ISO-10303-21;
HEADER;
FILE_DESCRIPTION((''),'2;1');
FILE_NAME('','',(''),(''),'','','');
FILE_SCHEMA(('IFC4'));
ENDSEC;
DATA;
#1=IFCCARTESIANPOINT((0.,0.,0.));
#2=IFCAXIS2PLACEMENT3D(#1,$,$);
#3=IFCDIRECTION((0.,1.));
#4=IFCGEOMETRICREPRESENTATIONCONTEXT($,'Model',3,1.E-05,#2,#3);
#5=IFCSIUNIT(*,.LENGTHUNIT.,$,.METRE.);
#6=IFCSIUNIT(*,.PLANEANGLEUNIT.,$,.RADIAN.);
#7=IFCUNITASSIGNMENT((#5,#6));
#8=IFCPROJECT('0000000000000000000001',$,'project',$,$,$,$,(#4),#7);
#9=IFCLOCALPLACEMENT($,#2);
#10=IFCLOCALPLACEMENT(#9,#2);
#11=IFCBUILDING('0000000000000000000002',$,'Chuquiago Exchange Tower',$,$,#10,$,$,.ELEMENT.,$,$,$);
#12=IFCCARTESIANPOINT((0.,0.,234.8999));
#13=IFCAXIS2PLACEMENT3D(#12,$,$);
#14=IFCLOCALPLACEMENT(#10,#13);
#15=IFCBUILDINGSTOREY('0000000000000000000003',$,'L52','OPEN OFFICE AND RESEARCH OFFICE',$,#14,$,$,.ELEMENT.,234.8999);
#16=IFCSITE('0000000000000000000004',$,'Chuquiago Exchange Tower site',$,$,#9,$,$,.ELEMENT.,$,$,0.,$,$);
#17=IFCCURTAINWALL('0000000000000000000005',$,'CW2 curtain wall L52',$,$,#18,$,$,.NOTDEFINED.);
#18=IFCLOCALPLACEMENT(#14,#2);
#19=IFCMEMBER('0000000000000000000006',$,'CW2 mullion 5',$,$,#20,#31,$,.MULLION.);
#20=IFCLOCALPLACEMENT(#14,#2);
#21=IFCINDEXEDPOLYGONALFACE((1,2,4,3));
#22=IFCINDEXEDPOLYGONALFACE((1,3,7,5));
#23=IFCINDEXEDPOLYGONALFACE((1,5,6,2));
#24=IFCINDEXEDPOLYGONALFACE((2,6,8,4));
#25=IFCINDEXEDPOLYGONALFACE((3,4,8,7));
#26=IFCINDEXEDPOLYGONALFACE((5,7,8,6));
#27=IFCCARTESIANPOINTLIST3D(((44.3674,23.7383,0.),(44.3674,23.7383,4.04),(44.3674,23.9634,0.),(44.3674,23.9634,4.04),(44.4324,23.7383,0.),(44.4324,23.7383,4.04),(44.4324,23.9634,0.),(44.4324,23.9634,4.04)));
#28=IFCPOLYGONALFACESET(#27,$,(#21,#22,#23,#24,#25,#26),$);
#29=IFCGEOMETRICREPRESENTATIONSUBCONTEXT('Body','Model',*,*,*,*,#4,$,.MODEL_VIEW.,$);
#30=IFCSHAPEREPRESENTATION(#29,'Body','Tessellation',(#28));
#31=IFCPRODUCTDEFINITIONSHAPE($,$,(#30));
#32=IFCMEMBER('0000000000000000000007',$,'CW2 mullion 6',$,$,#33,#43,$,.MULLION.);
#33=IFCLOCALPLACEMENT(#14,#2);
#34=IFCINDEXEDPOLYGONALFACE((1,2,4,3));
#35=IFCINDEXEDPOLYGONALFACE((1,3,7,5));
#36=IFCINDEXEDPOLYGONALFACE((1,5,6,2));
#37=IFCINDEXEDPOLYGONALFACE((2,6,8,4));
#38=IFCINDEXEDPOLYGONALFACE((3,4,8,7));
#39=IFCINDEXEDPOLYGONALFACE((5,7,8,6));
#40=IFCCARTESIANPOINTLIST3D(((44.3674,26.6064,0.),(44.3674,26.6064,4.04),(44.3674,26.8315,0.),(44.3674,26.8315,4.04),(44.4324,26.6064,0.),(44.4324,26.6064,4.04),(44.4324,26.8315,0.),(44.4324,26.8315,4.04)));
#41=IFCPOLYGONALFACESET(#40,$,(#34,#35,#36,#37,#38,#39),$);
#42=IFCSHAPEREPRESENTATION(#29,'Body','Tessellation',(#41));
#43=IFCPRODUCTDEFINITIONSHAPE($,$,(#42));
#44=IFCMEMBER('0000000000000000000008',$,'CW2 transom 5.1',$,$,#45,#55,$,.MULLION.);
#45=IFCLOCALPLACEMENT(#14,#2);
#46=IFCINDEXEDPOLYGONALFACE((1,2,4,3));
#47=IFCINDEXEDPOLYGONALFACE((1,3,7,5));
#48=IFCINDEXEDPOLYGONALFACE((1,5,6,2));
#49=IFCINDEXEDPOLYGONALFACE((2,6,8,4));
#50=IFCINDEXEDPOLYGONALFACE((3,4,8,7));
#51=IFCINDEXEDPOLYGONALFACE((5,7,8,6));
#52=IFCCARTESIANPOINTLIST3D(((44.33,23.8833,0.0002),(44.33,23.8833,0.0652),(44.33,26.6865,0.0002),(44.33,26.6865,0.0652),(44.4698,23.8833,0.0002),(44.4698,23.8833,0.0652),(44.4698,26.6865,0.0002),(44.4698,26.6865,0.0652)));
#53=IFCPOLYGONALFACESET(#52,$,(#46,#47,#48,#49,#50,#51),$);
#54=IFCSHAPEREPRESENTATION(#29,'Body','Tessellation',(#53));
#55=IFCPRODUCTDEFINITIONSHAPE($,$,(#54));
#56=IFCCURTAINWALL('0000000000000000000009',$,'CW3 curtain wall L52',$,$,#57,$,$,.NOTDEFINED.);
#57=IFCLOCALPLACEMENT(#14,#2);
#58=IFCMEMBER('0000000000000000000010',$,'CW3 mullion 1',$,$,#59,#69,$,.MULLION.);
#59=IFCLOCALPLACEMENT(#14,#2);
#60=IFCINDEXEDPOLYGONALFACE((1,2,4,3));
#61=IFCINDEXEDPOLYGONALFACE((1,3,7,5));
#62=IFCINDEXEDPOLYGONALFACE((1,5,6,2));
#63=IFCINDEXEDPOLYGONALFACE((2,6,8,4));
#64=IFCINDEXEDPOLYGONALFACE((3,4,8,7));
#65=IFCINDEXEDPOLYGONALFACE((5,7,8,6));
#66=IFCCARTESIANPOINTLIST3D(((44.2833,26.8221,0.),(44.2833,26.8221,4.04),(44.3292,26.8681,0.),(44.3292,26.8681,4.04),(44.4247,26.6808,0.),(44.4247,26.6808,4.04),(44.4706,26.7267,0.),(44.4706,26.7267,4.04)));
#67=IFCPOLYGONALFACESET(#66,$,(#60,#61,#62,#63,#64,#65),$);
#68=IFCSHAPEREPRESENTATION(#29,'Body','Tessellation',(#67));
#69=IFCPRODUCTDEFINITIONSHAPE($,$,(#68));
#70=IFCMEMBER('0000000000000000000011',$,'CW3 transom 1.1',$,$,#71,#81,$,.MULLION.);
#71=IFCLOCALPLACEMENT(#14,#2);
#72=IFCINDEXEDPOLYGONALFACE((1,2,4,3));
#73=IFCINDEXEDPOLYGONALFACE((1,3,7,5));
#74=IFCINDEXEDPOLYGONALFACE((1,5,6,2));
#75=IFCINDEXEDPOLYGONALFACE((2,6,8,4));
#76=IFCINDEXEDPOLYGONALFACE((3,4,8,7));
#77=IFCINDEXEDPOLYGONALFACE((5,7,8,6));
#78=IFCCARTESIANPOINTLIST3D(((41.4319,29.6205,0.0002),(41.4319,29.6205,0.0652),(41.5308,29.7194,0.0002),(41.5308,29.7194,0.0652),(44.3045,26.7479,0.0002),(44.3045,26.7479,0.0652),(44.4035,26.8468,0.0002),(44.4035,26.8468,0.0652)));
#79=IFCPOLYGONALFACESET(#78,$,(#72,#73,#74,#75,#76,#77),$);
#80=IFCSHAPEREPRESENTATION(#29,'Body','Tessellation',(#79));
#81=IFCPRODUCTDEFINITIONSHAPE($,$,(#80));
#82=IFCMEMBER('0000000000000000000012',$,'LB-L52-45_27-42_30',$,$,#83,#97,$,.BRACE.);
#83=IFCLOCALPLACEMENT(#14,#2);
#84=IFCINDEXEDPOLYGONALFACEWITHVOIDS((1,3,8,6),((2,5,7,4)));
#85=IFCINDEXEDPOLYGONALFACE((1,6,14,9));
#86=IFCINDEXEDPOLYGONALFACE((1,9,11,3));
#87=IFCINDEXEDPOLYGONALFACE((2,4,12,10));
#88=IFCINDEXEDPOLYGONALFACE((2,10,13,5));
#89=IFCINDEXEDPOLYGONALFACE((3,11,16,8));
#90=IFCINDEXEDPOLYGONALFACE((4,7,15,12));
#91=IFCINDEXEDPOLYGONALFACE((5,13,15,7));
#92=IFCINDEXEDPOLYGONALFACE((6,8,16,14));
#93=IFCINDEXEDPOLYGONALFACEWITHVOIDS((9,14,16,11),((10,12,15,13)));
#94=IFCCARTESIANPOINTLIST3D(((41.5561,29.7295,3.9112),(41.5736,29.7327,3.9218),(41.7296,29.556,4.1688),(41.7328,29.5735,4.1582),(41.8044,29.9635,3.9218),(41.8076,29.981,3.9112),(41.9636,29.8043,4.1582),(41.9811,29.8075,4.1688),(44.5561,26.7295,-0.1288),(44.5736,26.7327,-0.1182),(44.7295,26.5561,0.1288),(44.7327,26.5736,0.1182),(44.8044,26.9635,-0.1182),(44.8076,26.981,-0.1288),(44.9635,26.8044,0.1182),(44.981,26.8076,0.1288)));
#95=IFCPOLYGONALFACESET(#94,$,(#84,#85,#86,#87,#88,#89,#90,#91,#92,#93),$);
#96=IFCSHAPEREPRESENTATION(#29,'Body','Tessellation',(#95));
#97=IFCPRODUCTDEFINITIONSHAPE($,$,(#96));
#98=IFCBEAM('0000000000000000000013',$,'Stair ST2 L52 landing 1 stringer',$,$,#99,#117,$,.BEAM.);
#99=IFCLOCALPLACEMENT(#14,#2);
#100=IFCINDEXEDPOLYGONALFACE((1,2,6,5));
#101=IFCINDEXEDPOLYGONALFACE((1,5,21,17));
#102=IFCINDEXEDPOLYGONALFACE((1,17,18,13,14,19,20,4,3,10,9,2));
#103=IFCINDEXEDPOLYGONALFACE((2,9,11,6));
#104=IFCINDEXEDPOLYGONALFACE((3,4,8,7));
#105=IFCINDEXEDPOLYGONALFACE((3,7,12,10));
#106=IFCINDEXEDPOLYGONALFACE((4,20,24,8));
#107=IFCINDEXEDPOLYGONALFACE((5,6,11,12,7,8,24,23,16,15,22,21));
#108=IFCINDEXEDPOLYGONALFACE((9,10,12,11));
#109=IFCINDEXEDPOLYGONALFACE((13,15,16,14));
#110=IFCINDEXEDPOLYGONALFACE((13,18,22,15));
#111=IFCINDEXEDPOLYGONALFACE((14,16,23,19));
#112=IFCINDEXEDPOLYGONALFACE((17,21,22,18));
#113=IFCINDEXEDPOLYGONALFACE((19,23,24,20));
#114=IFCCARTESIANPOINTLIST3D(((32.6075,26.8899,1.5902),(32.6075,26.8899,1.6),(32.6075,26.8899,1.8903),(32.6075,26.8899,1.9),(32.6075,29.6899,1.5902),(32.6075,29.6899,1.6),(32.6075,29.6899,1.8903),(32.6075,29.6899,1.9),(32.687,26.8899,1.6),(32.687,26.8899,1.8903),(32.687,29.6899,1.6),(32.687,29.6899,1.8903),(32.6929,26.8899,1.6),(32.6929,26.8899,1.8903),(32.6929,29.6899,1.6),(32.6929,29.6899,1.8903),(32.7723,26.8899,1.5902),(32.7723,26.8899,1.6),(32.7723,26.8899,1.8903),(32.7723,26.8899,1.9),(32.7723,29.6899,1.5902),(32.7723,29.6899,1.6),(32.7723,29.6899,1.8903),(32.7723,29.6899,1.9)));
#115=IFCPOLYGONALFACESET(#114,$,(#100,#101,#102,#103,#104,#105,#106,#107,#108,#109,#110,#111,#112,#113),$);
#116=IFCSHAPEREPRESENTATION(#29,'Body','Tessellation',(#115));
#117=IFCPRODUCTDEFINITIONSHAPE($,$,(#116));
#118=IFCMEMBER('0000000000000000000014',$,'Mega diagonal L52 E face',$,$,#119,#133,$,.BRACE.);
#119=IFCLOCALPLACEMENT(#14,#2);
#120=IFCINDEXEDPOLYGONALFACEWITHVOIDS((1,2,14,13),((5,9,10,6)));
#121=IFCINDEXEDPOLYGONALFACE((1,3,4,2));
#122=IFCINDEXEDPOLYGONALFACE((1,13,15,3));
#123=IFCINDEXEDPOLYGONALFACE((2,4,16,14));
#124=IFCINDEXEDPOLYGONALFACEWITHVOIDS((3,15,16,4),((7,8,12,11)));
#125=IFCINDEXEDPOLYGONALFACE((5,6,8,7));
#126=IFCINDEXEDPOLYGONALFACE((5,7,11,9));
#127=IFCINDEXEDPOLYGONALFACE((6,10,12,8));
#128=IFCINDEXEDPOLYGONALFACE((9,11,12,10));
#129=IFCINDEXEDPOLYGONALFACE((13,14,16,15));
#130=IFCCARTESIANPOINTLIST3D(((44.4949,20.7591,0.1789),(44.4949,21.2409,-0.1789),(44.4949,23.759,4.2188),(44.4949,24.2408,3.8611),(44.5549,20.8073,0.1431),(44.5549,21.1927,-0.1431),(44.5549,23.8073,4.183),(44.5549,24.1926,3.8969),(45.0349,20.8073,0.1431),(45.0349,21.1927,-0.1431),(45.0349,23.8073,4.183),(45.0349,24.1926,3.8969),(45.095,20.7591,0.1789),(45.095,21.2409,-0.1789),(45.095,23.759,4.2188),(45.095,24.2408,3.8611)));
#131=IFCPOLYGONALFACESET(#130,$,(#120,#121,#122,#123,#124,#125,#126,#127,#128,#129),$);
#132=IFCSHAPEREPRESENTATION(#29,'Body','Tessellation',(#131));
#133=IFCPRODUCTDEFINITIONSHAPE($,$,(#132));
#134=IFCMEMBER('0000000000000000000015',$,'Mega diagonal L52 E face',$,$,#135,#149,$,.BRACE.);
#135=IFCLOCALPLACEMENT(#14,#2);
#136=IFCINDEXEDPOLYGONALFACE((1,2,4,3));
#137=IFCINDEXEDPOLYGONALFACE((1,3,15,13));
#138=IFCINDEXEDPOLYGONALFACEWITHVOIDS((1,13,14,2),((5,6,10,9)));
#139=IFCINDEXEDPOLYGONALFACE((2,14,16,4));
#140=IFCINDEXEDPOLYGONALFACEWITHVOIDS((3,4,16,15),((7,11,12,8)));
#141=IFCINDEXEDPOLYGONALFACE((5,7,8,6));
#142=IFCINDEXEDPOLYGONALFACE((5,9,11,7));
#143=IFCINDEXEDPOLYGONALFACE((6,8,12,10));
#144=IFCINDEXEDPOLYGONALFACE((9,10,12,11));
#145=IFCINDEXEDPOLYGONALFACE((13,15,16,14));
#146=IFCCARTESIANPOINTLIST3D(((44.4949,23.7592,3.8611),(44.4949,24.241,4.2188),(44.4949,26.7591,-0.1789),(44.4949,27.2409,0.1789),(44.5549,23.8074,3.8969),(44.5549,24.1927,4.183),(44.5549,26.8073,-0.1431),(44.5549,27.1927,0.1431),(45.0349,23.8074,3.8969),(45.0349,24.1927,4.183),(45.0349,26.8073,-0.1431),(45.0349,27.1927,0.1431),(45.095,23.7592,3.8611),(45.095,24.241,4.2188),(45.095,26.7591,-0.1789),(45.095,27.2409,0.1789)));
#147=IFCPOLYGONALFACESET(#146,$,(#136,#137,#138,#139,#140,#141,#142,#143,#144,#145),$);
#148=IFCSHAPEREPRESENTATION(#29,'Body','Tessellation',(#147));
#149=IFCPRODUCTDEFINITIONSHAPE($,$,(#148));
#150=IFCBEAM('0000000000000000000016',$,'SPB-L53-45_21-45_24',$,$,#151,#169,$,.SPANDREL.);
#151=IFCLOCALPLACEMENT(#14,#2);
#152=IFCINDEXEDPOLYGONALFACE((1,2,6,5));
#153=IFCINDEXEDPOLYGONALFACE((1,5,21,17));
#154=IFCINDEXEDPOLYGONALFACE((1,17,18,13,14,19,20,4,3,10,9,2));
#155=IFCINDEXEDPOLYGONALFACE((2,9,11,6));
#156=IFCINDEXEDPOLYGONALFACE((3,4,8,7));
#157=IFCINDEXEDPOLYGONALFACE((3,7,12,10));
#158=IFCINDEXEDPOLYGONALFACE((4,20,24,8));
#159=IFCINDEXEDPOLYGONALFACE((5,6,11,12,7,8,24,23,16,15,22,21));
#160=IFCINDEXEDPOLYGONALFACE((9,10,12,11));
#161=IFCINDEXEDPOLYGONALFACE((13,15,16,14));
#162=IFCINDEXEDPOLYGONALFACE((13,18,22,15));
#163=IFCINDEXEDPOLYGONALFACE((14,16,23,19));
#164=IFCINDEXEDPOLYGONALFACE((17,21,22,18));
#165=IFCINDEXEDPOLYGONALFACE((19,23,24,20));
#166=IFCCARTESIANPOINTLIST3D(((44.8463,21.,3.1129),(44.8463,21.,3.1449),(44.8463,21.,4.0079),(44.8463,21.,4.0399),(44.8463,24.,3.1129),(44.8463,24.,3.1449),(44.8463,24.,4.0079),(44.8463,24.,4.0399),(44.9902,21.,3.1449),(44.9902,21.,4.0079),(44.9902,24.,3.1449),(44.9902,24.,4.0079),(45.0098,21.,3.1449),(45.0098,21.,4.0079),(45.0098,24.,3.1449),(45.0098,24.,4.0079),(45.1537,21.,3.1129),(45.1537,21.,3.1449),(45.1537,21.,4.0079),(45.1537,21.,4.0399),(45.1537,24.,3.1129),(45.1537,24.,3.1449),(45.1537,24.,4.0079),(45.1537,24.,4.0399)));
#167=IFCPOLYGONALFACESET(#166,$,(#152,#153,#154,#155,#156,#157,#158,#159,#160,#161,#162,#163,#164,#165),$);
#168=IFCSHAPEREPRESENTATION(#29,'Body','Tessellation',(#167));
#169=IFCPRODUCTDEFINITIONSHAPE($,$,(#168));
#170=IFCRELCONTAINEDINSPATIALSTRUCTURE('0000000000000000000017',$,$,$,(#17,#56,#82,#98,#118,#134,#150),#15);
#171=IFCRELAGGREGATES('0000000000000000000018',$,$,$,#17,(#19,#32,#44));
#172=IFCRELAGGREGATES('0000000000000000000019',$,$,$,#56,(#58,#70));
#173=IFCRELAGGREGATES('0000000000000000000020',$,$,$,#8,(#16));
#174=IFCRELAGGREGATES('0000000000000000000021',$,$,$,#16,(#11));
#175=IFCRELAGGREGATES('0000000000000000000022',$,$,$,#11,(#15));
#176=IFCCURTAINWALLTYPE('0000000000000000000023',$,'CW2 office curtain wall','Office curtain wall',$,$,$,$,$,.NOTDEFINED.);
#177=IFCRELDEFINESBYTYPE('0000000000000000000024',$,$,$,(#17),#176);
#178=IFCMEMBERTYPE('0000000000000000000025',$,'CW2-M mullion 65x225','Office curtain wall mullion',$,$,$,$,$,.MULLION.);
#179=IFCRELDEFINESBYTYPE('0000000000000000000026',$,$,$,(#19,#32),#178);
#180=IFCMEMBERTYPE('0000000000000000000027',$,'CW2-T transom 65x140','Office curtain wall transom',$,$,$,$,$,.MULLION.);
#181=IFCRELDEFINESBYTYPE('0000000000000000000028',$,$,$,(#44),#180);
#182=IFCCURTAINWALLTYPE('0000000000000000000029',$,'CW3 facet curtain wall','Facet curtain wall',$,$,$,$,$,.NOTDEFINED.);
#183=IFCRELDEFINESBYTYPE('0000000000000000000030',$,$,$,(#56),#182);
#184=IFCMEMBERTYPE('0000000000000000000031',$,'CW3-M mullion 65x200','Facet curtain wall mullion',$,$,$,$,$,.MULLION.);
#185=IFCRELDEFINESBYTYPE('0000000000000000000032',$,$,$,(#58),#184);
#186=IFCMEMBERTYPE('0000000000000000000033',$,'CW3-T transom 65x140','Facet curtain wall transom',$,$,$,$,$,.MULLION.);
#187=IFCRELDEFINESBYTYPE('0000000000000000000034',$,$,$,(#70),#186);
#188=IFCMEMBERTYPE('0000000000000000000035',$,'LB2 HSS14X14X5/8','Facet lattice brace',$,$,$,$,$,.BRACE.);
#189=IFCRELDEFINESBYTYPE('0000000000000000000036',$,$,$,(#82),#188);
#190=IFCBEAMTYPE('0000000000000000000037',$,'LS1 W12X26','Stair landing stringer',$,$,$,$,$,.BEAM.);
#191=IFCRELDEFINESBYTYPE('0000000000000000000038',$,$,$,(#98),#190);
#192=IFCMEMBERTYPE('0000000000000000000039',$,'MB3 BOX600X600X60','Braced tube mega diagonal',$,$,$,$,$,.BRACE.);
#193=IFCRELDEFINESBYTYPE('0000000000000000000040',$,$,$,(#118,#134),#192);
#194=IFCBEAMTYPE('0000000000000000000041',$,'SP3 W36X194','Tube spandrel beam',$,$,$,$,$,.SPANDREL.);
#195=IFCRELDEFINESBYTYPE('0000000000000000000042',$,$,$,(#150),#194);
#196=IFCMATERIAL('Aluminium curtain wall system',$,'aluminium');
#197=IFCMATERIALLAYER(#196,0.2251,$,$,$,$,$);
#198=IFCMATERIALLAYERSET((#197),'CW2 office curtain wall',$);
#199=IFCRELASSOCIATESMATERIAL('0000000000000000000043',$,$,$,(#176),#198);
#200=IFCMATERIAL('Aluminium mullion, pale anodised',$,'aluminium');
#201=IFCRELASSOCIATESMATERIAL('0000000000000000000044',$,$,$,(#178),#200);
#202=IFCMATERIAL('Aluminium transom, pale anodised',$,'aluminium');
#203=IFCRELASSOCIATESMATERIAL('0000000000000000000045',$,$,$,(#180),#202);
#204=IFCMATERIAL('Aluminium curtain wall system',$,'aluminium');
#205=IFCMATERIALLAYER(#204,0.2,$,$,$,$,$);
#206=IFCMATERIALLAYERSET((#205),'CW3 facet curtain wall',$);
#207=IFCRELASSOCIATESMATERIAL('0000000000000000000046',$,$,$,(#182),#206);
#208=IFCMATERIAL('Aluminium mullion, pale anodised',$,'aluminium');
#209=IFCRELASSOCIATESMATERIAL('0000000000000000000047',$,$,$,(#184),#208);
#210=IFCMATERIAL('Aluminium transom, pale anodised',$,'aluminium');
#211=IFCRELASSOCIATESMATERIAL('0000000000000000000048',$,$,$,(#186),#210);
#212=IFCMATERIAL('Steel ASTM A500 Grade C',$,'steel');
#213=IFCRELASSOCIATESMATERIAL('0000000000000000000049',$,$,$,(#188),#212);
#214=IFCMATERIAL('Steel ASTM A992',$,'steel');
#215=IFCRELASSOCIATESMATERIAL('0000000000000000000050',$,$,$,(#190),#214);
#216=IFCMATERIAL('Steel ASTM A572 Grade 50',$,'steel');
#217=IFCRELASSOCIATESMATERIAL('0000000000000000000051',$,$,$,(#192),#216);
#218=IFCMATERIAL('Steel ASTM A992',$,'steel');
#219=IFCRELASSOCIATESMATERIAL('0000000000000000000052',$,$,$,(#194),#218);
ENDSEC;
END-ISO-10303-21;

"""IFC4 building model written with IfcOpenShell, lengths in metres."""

from ifc_helpers import new_model, si_unit, direction, frame, origin, origin_2d, place, context, subcontext, project, spatial, rectangle, hollow_rectangle, i_section, extrude, material, layer, layer_set, material_profile, profile_set, type_object, element, aggregate, save


model = new_model("IFC4")

# Units and contexts
model_context = context("Model", 3, precision=1e-05, world=origin(), true_north=direction((0.0, 1.0)))
body_context = subcontext(model_context, "Body", "Model", "MODEL_VIEW")
ifc_project = project(units=[si_unit("LENGTHUNIT", "METRE"), si_unit("PLANEANGLEUNIT", "RADIAN")], contexts=[model_context])

# Site, building, storey
site_placement = place(None, origin())
site = spatial("IfcSite", under=ifc_project, at=site_placement, Name="Chuquiago Exchange Tower site", CompositionType="ELEMENT", RefElevation=0.0)
building_placement = place(site_placement, origin())
building = spatial("IfcBuilding", under=site, at=building_placement, Name="Chuquiago Exchange Tower", CompositionType="ELEMENT")
storey_placement = place(building_placement, frame((0.0, 0.0, 234.8999)))
storey = spatial("IfcBuildingStorey", under=building, at=storey_placement, Name="L52", Description="OPEN OFFICE AND RESEARCH OFFICE", CompositionType="ELEMENT", Elevation=234.8999)

# Curtain walls, members
ifc_material_1 = material(Name="Aluminium curtain wall system", Category="aluminium")
ifc_layer_1 = layer(ifc_material_1, 0.2251)
ifc_layer_set_1 = layer_set([ifc_layer_1], Name="CW2 office curtain wall")
curtain_wall_type_1 = type_object("IfcCurtainWallType", Name="CW2 office curtain wall", Description="Office curtain wall", PredefinedType="NOTDEFINED", material=ifc_layer_set_1)
curtain_wall_1_placement = place(storey_placement, origin())
curtain_wall_1 = element("IfcCurtainWall", 1, at=curtain_wall_1_placement, inside=storey, type_object=curtain_wall_type_1, Name="CW2 curtain wall L52", PredefinedType="NOTDEFINED")
ifc_material_2 = material(Name="Aluminium mullion, pale anodised", Category="aluminium")
ifc_material_profile_1 = material_profile(ifc_material_2, rectangle(XDim=0.0649, YDim=0.2251, at=origin_2d()), Name="AL 65x225")
ifc_profile_set_1 = profile_set([ifc_material_profile_1], Name="Aluminium mullion, pale anodised")
member_type_1 = type_object("IfcMemberType", Name="CW2-M mullion 65x225", Description="Office curtain wall mullion", PredefinedType="MULLION", material=ifc_profile_set_1)
member_1_placement = place(storey_placement, frame((44.3999, 23.8508, 0.0), z_axis=(0.0, 0.0, 1.0), x_axis=(-1.0, 0.0, 0.0)))
member_1 = element("IfcMember", 2, at=member_1_placement, type_object=member_type_1, Name="CW2 mullion 5", PredefinedType="MULLION", context=body_context, shape_type="SweptSolid", body=[
    extrude(rectangle(XDim=0.0649, YDim=0.2251, at=origin_2d()), origin(), (0.0, 0.0, 1.0), 4.04),
])
member_2_placement = place(storey_placement, frame((44.3999, 26.719, 0.0), z_axis=(0.0, 0.0, 1.0), x_axis=(-1.0, 0.0, 0.0)))
member_2 = element("IfcMember", 3, at=member_2_placement, type_object=member_type_1, Name="CW2 mullion 6", PredefinedType="MULLION", context=body_context, shape_type="SweptSolid", body=[
    extrude(rectangle(XDim=0.0649, YDim=0.2251, at=origin_2d()), origin(), (0.0, 0.0, 1.0), 4.04),
])
ifc_material_3 = material(Name="Aluminium transom, pale anodised", Category="aluminium")
ifc_material_profile_2 = material_profile(ifc_material_3, rectangle(XDim=0.1399, YDim=0.0649, at=origin_2d()), Name="AL 140x65")
ifc_profile_set_2 = profile_set([ifc_material_profile_2], Name="Aluminium transom, pale anodised")
member_type_2 = type_object("IfcMemberType", Name="CW2-T transom 65x140", Description="Office curtain wall transom", PredefinedType="MULLION", material=ifc_profile_set_2)
member_3_placement = place(storey_placement, frame((44.3999, 23.8833, 0.0327), z_axis=(0.0, 1.0, 0.0), x_axis=(-1.0, 0.0, 0.0)))
member_3 = element("IfcMember", 4, at=member_3_placement, type_object=member_type_2, Name="CW2 transom 5.1", PredefinedType="MULLION", context=body_context, shape_type="SweptSolid", body=[
    extrude(rectangle(XDim=0.1399, YDim=0.0649, at=origin_2d()), origin(), (0.0, 0.0, 1.0), 2.8032),
])
ifc_material_4 = material(Name="Aluminium curtain wall system", Category="aluminium")
ifc_layer_2 = layer(ifc_material_4, 0.2)
ifc_layer_set_2 = layer_set([ifc_layer_2], Name="CW3 facet curtain wall")
curtain_wall_type_2 = type_object("IfcCurtainWallType", Name="CW3 facet curtain wall", Description="Facet curtain wall", PredefinedType="NOTDEFINED", material=ifc_layer_set_2)
curtain_wall_2_placement = place(storey_placement, origin())
curtain_wall_2 = element("IfcCurtainWall", 5, at=curtain_wall_2_placement, inside=storey, type_object=curtain_wall_type_2, Name="CW3 curtain wall L52", PredefinedType="NOTDEFINED")
ifc_material_5 = material(Name="Aluminium mullion, pale anodised", Category="aluminium")
ifc_material_profile_3 = material_profile(ifc_material_5, rectangle(XDim=0.0649, YDim=0.2, at=origin_2d()), Name="AL 65x200")
ifc_profile_set_3 = profile_set([ifc_material_profile_3], Name="Aluminium mullion, pale anodised")
member_type_3 = type_object("IfcMemberType", Name="CW3-M mullion 65x200", Description="Facet curtain wall mullion", PredefinedType="MULLION", material=ifc_profile_set_3)
member_4_placement = place(storey_placement, frame((44.377, 26.7744, 0.0), z_axis=(0.0, 0.0, 1.0), x_axis=(-0.707107, -0.707107, 0.0)))
member_4 = element("IfcMember", 6, at=member_4_placement, type_object=member_type_3, Name="CW3 mullion 1", PredefinedType="MULLION", context=body_context, shape_type="SweptSolid", body=[
    extrude(rectangle(XDim=0.0649, YDim=0.2, at=origin_2d()), origin(), (0.0, 0.0, 1.0), 4.04),
])
ifc_material_6 = material(Name="Aluminium transom, pale anodised", Category="aluminium")
ifc_material_profile_4 = material_profile(ifc_material_6, rectangle(XDim=0.1399, YDim=0.0649, at=origin_2d()), Name="AL 140x65")
ifc_profile_set_4 = profile_set([ifc_material_profile_4], Name="Aluminium transom, pale anodised")
member_type_4 = type_object("IfcMemberType", Name="CW3-T transom 65x140", Description="Facet curtain wall transom", PredefinedType="MULLION", material=ifc_profile_set_4)
member_5_placement = place(storey_placement, frame((44.354, 26.7974, 0.0327), z_axis=(-0.707107, 0.707107, 0.0), x_axis=(-0.707107, -0.707107, 0.0)))
member_5 = element("IfcMember", 7, at=member_5_placement, type_object=member_type_4, Name="CW3 transom 1.1", PredefinedType="MULLION", context=body_context, shape_type="SweptSolid", body=[
    extrude(rectangle(XDim=0.1399, YDim=0.0649, at=origin_2d()), origin(), (0.0, 0.0, 1.0), 4.0625),
])

# Member
ifc_material_7 = material(Name="Steel ASTM A500 Grade C", Category="steel")
ifc_material_profile_5 = material_profile(ifc_material_7, hollow_rectangle(XDim=0.3557, YDim=0.3557, WallThickness=0.0146, at=origin_2d()), Name="HSS14X14X5/8")
ifc_profile_set_5 = profile_set([ifc_material_profile_5], Name="Steel ASTM A500 Grade C")
member_type_5 = type_object("IfcMemberType", Name="LB2 HSS14X14X5/8", Description="Facet lattice brace", PredefinedType="BRACE", material=ifc_profile_set_5)
member_6_placement = place(storey_placement, frame((44.7686, 26.7686, 0.0), z_axis=(-0.512077, 0.512077, 0.689604), x_axis=(-0.707107, -0.707107, 0.0)))
element("IfcMember", 8, at=member_6_placement, inside=storey, type_object=member_type_5, Name="LB-L52-45_27-42_30", PredefinedType="BRACE", context=body_context, shape_type="SweptSolid", body=[
    extrude(hollow_rectangle(XDim=0.3557, YDim=0.3557, WallThickness=0.0146, at=origin_2d()), origin(), (0.0, 0.0, 1.0), 5.8584),
])

# Beam
ifc_material_8 = material(Name="Steel ASTM A992", Category="steel")
ifc_material_profile_6 = material_profile(ifc_material_8, i_section(OverallWidth=0.1648, OverallDepth=0.3098, WebThickness=0.0059, FlangeThickness=0.0098, at=origin_2d()), Name="W12X26")
ifc_profile_set_6 = profile_set([ifc_material_profile_6], Name="Steel ASTM A992")
beam_type_1 = type_object("IfcBeamType", Name="LS1 W12X26", Description="Stair landing stringer", PredefinedType="BEAM", material=ifc_profile_set_6)
beam_1_placement = place(storey_placement, frame((32.6899, 26.8899, 1.7451), z_axis=(0.0, 1.0, 0.0), x_axis=(-1.0, 0.0, 0.0)))
element("IfcBeam", 9, at=beam_1_placement, inside=storey, type_object=beam_type_1, Name="Stair ST2 L52 landing 1 stringer", PredefinedType="BEAM", context=body_context, shape_type="SweptSolid", body=[
    extrude(i_section(OverallWidth=0.1648, OverallDepth=0.3098, WebThickness=0.0059, FlangeThickness=0.0098, at=origin_2d()), origin(), (0.0, 0.0, 1.0), 2.8),
])

# Members
ifc_material_9 = material(Name="Steel ASTM A572 Grade 50", Category="steel")
ifc_material_profile_7 = material_profile(ifc_material_9, hollow_rectangle(XDim=0.6001, YDim=0.6001, WallThickness=0.0601, at=origin_2d()), Name="BOX600X600X60")
ifc_profile_set_7 = profile_set([ifc_material_profile_7], Name="Steel ASTM A572 Grade 50")
member_type_6 = type_object("IfcMemberType", Name="MB3 BOX600X600X60", Description="Braced tube mega diagonal", PredefinedType="BRACE", material=ifc_profile_set_7)
for number, where, z_axis, x_axis, name in (
    (10, (44.7949, 21.0, 0.0), (0.0, 0.596174, 0.802855), (-1.0, 0.0, 0.0), "Mega diagonal L52 E face"),
    (11, (44.7949, 27.0, 0.0), (0.0, -0.596174, 0.802855), (1.0, 0.0, 0.0), "Mega diagonal L52 E face"),
):
    element("IfcMember", number, at=place(storey_placement, frame(where, z_axis=z_axis, x_axis=x_axis)), inside=storey, type_object=member_type_6, Name=name, PredefinedType="BRACE", context=body_context, shape_type="SweptSolid", body=[
        extrude(hollow_rectangle(XDim=0.6001, YDim=0.6001, WallThickness=0.0601, at=origin_2d()), origin(), (0.0, 0.0, 1.0), 5.032),
    ])

# Beam
ifc_material_10 = material(Name="Steel ASTM A992", Category="steel")
ifc_material_profile_8 = material_profile(ifc_material_10, i_section(OverallWidth=0.3074, OverallDepth=0.927, WebThickness=0.0195, FlangeThickness=0.032, at=origin_2d()), Name="W36X194")
ifc_profile_set_8 = profile_set([ifc_material_profile_8], Name="Steel ASTM A992")
beam_type_2 = type_object("IfcBeamType", Name="SP3 W36X194", Description="Tube spandrel beam", PredefinedType="SPANDREL", material=ifc_profile_set_8)
for number, where, z_axis, x_axis, name in (
    (12, (45.0, 21.0, 3.5764), (0.0, 1.0, 0.0), (-1.0, 0.0, 0.0), "SPB-L53-45_21-45_24"),
):
    element("IfcBeam", number, at=place(storey_placement, frame(where, z_axis=z_axis, x_axis=x_axis)), inside=storey, type_object=beam_type_2, Name=name, PredefinedType="SPANDREL", context=body_context, shape_type="SweptSolid", body=[
        extrude(i_section(OverallWidth=0.3074, OverallDepth=0.927, WebThickness=0.0195, FlangeThickness=0.032, at=origin_2d()), origin(), (0.0, 0.0, 1.0), 3.0),
    ])

aggregate(curtain_wall_1, [member_1, member_2, member_3])
aggregate(curtain_wall_2, [member_4, member_5])

save(model, "model.ifc")
